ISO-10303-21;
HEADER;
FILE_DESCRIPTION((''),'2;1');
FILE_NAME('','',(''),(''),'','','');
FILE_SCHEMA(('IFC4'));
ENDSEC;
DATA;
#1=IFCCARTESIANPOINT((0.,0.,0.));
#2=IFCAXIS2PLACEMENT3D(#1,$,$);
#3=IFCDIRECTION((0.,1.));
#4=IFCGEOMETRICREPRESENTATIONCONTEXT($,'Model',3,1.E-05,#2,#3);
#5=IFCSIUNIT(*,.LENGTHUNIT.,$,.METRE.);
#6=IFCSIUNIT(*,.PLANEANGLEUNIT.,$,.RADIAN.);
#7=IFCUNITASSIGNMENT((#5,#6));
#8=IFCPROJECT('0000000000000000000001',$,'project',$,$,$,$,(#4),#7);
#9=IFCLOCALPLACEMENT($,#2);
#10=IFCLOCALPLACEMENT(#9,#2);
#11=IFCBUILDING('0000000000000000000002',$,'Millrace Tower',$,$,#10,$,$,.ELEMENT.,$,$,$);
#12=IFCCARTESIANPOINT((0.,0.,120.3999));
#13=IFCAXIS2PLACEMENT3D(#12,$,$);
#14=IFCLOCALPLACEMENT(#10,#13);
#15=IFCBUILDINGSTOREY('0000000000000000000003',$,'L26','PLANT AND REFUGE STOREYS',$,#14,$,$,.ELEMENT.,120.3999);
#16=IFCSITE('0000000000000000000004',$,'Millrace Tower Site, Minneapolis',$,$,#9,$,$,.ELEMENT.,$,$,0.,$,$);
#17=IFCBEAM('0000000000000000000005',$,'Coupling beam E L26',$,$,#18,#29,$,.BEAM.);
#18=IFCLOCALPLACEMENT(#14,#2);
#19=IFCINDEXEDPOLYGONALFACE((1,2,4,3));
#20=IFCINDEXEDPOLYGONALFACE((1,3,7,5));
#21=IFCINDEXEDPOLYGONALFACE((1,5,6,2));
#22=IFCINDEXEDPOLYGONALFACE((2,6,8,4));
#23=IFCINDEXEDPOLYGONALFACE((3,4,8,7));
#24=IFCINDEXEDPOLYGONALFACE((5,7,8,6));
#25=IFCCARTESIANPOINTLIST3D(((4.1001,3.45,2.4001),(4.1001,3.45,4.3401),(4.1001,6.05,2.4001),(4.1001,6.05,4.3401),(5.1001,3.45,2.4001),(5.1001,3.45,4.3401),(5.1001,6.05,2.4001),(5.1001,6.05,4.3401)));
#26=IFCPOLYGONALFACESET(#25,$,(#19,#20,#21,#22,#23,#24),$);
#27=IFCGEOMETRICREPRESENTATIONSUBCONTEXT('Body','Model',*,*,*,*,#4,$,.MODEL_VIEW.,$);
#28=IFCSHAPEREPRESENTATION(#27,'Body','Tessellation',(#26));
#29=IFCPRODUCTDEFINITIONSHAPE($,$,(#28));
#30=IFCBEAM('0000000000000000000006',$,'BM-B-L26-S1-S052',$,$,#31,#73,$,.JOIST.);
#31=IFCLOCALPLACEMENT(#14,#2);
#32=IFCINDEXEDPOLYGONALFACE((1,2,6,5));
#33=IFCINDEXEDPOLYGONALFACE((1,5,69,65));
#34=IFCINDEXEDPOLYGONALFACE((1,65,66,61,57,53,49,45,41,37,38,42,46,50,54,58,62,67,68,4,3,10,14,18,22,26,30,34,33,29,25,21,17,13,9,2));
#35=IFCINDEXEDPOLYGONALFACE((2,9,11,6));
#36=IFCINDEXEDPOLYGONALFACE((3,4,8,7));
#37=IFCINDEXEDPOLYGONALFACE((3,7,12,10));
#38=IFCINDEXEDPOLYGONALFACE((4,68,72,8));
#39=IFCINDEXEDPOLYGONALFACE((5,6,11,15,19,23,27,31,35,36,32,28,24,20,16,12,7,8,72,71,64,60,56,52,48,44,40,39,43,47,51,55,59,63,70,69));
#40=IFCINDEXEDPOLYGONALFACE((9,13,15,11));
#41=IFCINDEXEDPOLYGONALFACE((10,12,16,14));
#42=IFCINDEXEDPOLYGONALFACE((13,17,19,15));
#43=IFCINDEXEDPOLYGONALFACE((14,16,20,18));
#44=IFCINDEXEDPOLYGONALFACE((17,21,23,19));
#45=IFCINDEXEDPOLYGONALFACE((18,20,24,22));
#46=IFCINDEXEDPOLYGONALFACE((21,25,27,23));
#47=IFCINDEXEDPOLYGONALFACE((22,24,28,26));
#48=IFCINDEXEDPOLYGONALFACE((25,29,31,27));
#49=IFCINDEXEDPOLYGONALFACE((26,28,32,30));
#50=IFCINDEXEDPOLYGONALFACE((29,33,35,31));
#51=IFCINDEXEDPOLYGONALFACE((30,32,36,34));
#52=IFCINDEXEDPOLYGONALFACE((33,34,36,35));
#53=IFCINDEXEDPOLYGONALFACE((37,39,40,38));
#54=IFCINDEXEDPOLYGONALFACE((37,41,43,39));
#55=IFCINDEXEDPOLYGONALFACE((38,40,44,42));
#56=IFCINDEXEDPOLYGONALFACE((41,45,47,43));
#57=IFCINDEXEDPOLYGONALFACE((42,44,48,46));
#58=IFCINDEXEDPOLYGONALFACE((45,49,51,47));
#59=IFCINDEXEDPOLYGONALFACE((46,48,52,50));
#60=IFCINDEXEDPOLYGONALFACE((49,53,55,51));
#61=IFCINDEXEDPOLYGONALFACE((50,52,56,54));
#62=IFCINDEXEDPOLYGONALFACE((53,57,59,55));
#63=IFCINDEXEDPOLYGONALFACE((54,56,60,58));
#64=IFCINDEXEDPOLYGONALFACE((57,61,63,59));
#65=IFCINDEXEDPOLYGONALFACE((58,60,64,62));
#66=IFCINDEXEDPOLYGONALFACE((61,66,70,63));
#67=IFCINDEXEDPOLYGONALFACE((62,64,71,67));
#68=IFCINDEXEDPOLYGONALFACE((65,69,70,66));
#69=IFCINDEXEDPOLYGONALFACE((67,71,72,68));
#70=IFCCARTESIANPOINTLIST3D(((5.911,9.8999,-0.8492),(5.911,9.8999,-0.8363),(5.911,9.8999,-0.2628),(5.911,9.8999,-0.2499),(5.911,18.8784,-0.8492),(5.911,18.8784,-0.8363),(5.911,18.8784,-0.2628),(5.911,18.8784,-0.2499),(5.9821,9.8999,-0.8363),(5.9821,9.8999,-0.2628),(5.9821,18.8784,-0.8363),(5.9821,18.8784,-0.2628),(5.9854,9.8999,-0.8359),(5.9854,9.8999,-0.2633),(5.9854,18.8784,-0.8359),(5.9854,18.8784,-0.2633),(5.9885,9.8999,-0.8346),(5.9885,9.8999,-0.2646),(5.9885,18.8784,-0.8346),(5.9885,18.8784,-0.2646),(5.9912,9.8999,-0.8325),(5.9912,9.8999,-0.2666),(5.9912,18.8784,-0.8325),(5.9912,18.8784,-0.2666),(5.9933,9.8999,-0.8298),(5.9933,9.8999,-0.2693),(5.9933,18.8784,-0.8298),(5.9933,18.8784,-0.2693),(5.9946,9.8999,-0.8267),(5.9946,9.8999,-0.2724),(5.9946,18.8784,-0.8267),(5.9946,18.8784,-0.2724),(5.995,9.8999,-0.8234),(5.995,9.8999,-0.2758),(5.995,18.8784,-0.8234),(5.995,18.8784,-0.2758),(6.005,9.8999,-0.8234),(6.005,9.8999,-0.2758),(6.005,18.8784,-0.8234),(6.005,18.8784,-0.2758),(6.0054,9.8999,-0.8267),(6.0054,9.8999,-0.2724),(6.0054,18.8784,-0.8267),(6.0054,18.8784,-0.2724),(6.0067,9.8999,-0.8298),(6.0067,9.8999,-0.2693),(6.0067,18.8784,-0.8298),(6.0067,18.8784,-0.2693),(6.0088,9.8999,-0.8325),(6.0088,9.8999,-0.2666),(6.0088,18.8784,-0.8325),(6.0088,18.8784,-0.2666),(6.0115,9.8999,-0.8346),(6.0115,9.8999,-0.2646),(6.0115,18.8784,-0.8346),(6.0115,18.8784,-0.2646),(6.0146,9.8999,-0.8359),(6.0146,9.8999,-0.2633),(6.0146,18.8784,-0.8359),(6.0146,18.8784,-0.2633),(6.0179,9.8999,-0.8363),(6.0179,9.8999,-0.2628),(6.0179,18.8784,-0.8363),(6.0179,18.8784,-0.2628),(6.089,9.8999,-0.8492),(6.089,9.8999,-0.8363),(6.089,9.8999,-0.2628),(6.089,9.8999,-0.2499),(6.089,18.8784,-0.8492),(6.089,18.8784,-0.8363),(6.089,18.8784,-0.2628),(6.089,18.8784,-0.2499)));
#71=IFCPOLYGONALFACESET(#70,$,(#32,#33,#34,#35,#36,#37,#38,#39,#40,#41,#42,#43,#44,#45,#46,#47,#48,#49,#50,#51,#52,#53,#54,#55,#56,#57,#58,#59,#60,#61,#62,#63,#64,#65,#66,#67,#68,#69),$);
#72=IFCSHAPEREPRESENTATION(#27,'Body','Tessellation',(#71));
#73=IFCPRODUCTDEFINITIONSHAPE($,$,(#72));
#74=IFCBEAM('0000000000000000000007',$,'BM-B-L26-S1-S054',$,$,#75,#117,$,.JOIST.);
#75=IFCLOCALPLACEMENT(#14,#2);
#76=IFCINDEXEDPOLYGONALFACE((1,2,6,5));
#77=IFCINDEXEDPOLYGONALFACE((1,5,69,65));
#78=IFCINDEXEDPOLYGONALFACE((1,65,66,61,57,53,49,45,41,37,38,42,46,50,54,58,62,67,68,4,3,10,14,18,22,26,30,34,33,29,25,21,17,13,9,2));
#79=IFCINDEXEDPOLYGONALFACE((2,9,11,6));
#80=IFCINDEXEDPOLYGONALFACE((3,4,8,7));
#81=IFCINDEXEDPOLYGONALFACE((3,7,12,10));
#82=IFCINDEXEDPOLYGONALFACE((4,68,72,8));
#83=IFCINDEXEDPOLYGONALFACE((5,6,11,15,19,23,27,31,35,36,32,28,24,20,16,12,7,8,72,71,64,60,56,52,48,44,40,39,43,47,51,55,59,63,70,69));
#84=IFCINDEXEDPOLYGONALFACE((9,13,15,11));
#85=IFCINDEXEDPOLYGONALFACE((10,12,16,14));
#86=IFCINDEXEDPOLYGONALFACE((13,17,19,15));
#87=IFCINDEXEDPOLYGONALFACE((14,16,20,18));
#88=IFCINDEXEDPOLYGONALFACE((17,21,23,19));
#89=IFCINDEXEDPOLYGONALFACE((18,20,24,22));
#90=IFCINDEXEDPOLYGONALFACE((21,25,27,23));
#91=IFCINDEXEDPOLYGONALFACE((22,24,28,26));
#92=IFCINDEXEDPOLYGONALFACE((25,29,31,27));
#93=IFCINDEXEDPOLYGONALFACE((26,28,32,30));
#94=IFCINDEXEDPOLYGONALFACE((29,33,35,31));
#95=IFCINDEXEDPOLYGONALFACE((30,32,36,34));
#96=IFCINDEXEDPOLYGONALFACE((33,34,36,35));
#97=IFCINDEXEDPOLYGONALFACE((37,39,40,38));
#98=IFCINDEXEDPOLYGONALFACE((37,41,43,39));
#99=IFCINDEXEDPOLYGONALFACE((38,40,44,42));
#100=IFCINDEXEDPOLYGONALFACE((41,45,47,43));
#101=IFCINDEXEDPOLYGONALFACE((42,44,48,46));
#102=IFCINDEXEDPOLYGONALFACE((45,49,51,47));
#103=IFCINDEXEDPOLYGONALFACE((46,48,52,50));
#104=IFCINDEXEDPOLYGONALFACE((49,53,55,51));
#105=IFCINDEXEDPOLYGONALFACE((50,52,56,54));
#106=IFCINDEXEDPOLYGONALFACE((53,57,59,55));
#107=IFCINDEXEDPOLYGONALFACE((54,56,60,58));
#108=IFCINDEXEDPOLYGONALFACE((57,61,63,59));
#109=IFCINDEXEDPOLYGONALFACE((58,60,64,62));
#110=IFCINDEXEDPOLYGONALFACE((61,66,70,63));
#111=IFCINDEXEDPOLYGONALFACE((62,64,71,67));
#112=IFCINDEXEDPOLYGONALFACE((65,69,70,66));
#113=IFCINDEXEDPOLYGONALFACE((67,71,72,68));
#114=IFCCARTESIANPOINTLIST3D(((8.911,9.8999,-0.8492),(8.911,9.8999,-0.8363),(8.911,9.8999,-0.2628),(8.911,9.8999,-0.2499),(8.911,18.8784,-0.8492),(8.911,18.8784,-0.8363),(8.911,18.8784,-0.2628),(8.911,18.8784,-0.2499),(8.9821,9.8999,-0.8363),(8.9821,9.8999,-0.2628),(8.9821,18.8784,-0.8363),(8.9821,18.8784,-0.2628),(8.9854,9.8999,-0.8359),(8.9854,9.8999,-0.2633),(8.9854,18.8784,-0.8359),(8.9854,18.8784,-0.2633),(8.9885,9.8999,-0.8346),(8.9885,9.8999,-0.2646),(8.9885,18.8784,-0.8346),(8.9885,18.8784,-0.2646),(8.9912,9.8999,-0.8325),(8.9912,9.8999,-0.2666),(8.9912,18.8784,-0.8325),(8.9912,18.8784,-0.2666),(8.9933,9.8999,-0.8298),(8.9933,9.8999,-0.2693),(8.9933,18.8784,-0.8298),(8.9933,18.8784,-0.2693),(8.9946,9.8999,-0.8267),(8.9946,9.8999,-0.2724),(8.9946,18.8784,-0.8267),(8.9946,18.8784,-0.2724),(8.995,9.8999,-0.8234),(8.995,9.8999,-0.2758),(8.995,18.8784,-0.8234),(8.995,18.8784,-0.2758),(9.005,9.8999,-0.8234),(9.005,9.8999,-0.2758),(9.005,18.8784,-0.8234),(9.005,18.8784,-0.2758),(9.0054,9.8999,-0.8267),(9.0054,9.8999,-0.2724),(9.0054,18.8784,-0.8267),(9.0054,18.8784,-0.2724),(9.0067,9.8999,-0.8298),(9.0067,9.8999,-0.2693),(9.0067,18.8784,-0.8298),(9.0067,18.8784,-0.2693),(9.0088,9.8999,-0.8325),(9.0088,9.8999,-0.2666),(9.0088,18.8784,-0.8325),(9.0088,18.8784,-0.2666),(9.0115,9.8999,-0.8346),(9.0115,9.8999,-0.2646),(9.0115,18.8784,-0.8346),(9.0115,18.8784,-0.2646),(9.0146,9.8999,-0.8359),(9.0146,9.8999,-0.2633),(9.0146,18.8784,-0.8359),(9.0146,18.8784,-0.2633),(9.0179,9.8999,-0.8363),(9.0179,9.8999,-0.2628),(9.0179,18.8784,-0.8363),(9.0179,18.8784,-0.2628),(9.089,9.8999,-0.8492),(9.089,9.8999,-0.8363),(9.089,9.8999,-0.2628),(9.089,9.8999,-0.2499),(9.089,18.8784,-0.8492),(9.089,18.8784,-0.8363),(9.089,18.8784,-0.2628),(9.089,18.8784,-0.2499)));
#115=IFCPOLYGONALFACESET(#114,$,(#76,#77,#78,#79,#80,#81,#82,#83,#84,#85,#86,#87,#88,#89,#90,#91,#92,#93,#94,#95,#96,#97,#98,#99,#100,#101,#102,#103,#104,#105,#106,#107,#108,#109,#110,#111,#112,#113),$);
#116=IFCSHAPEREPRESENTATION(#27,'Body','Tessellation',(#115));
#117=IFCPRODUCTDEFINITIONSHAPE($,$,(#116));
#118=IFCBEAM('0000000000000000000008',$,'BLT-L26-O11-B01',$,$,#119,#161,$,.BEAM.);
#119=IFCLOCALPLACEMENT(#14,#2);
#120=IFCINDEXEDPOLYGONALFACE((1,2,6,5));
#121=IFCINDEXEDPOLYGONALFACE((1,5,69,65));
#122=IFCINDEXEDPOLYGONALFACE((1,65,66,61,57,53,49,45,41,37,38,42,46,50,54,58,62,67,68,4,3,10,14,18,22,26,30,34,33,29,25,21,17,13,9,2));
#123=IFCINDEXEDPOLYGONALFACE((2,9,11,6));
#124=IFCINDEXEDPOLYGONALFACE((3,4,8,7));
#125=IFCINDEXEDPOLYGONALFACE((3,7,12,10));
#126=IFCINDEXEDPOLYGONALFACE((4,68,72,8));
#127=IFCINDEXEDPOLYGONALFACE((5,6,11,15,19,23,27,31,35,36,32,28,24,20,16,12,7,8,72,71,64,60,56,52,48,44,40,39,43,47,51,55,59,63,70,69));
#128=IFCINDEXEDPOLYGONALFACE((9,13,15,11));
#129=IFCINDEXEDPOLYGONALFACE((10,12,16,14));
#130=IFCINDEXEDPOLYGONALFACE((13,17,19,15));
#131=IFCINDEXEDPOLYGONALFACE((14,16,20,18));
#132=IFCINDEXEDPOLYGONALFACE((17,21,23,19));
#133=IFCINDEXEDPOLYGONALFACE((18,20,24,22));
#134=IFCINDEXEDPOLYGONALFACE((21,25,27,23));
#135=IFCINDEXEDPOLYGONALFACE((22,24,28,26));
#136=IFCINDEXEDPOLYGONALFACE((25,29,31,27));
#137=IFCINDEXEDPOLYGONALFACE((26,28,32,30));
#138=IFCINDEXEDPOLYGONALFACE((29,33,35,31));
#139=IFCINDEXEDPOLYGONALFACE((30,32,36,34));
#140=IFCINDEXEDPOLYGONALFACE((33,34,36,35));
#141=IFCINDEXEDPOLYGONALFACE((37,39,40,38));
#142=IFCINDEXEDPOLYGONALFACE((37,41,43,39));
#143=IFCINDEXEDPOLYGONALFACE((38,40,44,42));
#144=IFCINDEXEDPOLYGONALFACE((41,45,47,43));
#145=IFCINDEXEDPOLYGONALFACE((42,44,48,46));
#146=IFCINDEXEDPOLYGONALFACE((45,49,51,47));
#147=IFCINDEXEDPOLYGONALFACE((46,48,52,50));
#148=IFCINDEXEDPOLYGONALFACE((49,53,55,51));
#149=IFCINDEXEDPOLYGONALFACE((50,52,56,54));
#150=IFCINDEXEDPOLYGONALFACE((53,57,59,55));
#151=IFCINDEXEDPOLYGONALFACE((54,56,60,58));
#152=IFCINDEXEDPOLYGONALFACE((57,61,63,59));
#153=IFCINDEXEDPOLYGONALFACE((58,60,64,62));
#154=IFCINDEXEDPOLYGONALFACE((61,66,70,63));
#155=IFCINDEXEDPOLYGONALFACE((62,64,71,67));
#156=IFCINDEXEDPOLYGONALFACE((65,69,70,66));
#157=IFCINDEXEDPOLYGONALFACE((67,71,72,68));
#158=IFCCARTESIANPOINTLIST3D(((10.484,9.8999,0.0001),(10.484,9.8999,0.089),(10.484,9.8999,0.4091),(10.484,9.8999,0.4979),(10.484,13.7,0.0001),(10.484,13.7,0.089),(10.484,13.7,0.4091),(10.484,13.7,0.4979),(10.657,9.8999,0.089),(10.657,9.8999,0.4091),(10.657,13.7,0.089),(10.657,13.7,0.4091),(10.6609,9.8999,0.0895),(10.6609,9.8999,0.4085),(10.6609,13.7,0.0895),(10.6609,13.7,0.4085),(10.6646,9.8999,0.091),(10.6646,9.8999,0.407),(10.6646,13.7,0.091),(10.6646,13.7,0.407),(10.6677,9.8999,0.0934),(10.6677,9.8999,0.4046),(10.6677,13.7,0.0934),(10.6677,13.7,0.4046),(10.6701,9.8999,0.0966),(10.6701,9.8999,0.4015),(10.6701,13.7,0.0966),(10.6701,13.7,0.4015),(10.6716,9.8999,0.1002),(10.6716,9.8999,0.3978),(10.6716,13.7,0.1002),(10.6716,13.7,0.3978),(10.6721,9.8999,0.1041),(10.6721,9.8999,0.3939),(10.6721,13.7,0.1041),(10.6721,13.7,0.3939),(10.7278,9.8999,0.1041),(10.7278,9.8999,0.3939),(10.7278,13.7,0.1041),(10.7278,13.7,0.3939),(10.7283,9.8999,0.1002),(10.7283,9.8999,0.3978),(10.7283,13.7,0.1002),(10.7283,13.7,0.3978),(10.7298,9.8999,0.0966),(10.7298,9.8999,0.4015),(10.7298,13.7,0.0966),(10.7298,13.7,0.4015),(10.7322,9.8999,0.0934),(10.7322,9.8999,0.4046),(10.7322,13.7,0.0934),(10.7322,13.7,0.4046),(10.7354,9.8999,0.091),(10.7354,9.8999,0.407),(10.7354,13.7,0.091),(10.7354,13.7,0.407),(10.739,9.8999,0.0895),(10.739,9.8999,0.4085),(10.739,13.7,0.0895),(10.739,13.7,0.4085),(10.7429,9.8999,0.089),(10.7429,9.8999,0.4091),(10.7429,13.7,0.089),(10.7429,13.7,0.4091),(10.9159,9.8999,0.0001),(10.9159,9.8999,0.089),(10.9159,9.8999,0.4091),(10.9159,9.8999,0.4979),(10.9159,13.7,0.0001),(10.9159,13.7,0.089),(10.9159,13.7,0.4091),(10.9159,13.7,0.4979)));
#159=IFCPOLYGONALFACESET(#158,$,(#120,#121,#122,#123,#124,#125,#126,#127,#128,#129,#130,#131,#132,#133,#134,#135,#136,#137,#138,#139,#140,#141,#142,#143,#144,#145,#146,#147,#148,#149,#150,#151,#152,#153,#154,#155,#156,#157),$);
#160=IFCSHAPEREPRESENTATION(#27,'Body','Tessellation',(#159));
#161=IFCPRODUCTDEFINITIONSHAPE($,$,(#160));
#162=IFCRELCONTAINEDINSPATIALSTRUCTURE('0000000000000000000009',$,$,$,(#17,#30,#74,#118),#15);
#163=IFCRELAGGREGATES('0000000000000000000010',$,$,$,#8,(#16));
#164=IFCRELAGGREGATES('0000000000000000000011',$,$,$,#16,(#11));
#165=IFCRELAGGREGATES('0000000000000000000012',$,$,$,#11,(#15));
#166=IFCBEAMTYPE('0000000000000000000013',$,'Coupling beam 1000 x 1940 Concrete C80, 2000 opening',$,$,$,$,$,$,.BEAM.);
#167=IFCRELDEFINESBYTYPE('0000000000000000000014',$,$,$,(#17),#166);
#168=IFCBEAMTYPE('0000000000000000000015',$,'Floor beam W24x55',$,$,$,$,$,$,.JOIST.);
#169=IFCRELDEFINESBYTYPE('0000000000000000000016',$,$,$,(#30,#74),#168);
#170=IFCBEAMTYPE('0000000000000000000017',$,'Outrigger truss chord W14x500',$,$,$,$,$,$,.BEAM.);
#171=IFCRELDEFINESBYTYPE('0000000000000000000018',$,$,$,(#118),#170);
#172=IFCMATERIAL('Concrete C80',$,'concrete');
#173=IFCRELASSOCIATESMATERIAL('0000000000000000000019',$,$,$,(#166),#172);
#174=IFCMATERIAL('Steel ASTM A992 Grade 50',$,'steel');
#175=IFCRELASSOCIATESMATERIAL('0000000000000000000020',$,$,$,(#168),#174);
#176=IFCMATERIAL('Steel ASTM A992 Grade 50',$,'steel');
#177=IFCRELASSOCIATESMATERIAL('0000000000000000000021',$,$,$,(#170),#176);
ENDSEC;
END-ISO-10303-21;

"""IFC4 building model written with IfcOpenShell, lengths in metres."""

from ifc_helpers import new_model, si_unit, direction, frame, origin, origin_2d, place, context, subcontext, project, spatial, rectangle, i_section, extrude, material, material_profile, profile_set, type_object, element, save


model = new_model("IFC4")

# Units and contexts
model_context = context("Model", 3, precision=1e-05, world=origin(), true_north=direction((0.0, 1.0)))
body_context = subcontext(model_context, "Body", "Model", "MODEL_VIEW")
ifc_project = project(units=[si_unit("LENGTHUNIT", "METRE"), si_unit("PLANEANGLEUNIT", "RADIAN")], contexts=[model_context])

# Site, building, storey
site_placement = place(None, origin())
site = spatial("IfcSite", under=ifc_project, at=site_placement, Name="Millrace Tower Site, Minneapolis", CompositionType="ELEMENT", RefElevation=0.0)
building_placement = place(site_placement, origin())
building = spatial("IfcBuilding", under=site, at=building_placement, Name="Millrace Tower", CompositionType="ELEMENT")
storey_placement = place(building_placement, frame((0.0, 0.0, 120.3999)))
storey = spatial("IfcBuildingStorey", under=building, at=storey_placement, Name="L26", Description="PLANT AND REFUGE STOREYS", CompositionType="ELEMENT", Elevation=120.3999)

# Beams
ifc_material_1 = material(Name="Concrete C80", Category="concrete")
ifc_material_profile_1 = material_profile(ifc_material_1, rectangle(XDim=1.0, YDim=1.9399, at=origin_2d()))
ifc_profile_set_1 = profile_set([ifc_material_profile_1], Name="Concrete C80")
beam_type_1 = type_object("IfcBeamType", Name="Coupling beam 1000 x 1940 Concrete C80, 2000 opening", PredefinedType="BEAM", material=ifc_profile_set_1)
beam_placement = place(storey_placement, frame((4.6001, 6.05, 3.3701), z_axis=(0.0, -1.0, 0.0), x_axis=(1.0, 0.0, 0.0)))
element("IfcBeam", 1, at=beam_placement, inside=storey, type_object=beam_type_1, Name="Coupling beam E L26", PredefinedType="BEAM", context=body_context, shape_type="SweptSolid", body=[
    extrude(rectangle(XDim=1.0, YDim=1.9399, at=origin_2d()), origin(), (0.0, 0.0, 1.0), 2.6001),
])
ifc_material_2 = material(Name="Steel ASTM A992 Grade 50", Category="steel")
ifc_material_profile_2 = material_profile(ifc_material_2, i_section(OverallWidth=0.178, OverallDepth=0.5994, WebThickness=0.01, FlangeThickness=0.0129, FilletRadius=0.0129, at=origin_2d()))
ifc_profile_set_2 = profile_set([ifc_material_profile_2], Name="Steel ASTM A992 Grade 50")
beam_type_2 = type_object("IfcBeamType", Name="Floor beam W24x55", PredefinedType="JOIST", material=ifc_profile_set_2)
for number, where, z_axis, x_axis, name in (
    (2, (6.0, 9.8999, -0.5496), (0.0, 1.0, 0.0), (-1.0, 0.0, 0.0), "BM-B-L26-S1-S052"),
    (3, (9.0, 9.8999, -0.5496), (0.0, 1.0, 0.0), (-1.0, 0.0, 0.0), "BM-B-L26-S1-S054"),
):
    element("IfcBeam", number, at=place(storey_placement, frame(where, z_axis=z_axis, x_axis=x_axis)), inside=storey, type_object=beam_type_2, Name=name, PredefinedType="JOIST", context=body_context, shape_type="SweptSolid", body=[
        extrude(i_section(OverallWidth=0.178, OverallDepth=0.5994, WebThickness=0.01, FlangeThickness=0.0129, FilletRadius=0.0129, at=origin_2d()), origin(), (0.0, 0.0, 1.0), 8.9785),
    ])
ifc_material_3 = material(Name="Steel ASTM A992 Grade 50", Category="steel")
ifc_material_profile_3 = material_profile(ifc_material_3, i_section(OverallWidth=0.4319, OverallDepth=0.4978, WebThickness=0.0557, FlangeThickness=0.0889, FilletRadius=0.0151, at=origin_2d()))
ifc_profile_set_3 = profile_set([ifc_material_profile_3], Name="Steel ASTM A992 Grade 50")
beam_type_3 = type_object("IfcBeamType", Name="Outrigger truss chord W14x500", PredefinedType="BEAM", material=ifc_profile_set_3)
for number, where, z_axis, x_axis, name in (
    (4, (10.7, 9.8999, 0.249), (0.0, 1.0, 0.0), (-1.0, 0.0, 0.0), "BLT-L26-O11-B01"),
):
    element("IfcBeam", number, at=place(storey_placement, frame(where, z_axis=z_axis, x_axis=x_axis)), inside=storey, type_object=beam_type_3, Name=name, PredefinedType="BEAM", context=body_context, shape_type="SweptSolid", body=[
        extrude(i_section(OverallWidth=0.4319, OverallDepth=0.4978, WebThickness=0.0557, FlangeThickness=0.0889, FilletRadius=0.0151, at=origin_2d()), origin(), (0.0, 0.0, 1.0), 3.8),
    ])

save(model, "model.ifc")
